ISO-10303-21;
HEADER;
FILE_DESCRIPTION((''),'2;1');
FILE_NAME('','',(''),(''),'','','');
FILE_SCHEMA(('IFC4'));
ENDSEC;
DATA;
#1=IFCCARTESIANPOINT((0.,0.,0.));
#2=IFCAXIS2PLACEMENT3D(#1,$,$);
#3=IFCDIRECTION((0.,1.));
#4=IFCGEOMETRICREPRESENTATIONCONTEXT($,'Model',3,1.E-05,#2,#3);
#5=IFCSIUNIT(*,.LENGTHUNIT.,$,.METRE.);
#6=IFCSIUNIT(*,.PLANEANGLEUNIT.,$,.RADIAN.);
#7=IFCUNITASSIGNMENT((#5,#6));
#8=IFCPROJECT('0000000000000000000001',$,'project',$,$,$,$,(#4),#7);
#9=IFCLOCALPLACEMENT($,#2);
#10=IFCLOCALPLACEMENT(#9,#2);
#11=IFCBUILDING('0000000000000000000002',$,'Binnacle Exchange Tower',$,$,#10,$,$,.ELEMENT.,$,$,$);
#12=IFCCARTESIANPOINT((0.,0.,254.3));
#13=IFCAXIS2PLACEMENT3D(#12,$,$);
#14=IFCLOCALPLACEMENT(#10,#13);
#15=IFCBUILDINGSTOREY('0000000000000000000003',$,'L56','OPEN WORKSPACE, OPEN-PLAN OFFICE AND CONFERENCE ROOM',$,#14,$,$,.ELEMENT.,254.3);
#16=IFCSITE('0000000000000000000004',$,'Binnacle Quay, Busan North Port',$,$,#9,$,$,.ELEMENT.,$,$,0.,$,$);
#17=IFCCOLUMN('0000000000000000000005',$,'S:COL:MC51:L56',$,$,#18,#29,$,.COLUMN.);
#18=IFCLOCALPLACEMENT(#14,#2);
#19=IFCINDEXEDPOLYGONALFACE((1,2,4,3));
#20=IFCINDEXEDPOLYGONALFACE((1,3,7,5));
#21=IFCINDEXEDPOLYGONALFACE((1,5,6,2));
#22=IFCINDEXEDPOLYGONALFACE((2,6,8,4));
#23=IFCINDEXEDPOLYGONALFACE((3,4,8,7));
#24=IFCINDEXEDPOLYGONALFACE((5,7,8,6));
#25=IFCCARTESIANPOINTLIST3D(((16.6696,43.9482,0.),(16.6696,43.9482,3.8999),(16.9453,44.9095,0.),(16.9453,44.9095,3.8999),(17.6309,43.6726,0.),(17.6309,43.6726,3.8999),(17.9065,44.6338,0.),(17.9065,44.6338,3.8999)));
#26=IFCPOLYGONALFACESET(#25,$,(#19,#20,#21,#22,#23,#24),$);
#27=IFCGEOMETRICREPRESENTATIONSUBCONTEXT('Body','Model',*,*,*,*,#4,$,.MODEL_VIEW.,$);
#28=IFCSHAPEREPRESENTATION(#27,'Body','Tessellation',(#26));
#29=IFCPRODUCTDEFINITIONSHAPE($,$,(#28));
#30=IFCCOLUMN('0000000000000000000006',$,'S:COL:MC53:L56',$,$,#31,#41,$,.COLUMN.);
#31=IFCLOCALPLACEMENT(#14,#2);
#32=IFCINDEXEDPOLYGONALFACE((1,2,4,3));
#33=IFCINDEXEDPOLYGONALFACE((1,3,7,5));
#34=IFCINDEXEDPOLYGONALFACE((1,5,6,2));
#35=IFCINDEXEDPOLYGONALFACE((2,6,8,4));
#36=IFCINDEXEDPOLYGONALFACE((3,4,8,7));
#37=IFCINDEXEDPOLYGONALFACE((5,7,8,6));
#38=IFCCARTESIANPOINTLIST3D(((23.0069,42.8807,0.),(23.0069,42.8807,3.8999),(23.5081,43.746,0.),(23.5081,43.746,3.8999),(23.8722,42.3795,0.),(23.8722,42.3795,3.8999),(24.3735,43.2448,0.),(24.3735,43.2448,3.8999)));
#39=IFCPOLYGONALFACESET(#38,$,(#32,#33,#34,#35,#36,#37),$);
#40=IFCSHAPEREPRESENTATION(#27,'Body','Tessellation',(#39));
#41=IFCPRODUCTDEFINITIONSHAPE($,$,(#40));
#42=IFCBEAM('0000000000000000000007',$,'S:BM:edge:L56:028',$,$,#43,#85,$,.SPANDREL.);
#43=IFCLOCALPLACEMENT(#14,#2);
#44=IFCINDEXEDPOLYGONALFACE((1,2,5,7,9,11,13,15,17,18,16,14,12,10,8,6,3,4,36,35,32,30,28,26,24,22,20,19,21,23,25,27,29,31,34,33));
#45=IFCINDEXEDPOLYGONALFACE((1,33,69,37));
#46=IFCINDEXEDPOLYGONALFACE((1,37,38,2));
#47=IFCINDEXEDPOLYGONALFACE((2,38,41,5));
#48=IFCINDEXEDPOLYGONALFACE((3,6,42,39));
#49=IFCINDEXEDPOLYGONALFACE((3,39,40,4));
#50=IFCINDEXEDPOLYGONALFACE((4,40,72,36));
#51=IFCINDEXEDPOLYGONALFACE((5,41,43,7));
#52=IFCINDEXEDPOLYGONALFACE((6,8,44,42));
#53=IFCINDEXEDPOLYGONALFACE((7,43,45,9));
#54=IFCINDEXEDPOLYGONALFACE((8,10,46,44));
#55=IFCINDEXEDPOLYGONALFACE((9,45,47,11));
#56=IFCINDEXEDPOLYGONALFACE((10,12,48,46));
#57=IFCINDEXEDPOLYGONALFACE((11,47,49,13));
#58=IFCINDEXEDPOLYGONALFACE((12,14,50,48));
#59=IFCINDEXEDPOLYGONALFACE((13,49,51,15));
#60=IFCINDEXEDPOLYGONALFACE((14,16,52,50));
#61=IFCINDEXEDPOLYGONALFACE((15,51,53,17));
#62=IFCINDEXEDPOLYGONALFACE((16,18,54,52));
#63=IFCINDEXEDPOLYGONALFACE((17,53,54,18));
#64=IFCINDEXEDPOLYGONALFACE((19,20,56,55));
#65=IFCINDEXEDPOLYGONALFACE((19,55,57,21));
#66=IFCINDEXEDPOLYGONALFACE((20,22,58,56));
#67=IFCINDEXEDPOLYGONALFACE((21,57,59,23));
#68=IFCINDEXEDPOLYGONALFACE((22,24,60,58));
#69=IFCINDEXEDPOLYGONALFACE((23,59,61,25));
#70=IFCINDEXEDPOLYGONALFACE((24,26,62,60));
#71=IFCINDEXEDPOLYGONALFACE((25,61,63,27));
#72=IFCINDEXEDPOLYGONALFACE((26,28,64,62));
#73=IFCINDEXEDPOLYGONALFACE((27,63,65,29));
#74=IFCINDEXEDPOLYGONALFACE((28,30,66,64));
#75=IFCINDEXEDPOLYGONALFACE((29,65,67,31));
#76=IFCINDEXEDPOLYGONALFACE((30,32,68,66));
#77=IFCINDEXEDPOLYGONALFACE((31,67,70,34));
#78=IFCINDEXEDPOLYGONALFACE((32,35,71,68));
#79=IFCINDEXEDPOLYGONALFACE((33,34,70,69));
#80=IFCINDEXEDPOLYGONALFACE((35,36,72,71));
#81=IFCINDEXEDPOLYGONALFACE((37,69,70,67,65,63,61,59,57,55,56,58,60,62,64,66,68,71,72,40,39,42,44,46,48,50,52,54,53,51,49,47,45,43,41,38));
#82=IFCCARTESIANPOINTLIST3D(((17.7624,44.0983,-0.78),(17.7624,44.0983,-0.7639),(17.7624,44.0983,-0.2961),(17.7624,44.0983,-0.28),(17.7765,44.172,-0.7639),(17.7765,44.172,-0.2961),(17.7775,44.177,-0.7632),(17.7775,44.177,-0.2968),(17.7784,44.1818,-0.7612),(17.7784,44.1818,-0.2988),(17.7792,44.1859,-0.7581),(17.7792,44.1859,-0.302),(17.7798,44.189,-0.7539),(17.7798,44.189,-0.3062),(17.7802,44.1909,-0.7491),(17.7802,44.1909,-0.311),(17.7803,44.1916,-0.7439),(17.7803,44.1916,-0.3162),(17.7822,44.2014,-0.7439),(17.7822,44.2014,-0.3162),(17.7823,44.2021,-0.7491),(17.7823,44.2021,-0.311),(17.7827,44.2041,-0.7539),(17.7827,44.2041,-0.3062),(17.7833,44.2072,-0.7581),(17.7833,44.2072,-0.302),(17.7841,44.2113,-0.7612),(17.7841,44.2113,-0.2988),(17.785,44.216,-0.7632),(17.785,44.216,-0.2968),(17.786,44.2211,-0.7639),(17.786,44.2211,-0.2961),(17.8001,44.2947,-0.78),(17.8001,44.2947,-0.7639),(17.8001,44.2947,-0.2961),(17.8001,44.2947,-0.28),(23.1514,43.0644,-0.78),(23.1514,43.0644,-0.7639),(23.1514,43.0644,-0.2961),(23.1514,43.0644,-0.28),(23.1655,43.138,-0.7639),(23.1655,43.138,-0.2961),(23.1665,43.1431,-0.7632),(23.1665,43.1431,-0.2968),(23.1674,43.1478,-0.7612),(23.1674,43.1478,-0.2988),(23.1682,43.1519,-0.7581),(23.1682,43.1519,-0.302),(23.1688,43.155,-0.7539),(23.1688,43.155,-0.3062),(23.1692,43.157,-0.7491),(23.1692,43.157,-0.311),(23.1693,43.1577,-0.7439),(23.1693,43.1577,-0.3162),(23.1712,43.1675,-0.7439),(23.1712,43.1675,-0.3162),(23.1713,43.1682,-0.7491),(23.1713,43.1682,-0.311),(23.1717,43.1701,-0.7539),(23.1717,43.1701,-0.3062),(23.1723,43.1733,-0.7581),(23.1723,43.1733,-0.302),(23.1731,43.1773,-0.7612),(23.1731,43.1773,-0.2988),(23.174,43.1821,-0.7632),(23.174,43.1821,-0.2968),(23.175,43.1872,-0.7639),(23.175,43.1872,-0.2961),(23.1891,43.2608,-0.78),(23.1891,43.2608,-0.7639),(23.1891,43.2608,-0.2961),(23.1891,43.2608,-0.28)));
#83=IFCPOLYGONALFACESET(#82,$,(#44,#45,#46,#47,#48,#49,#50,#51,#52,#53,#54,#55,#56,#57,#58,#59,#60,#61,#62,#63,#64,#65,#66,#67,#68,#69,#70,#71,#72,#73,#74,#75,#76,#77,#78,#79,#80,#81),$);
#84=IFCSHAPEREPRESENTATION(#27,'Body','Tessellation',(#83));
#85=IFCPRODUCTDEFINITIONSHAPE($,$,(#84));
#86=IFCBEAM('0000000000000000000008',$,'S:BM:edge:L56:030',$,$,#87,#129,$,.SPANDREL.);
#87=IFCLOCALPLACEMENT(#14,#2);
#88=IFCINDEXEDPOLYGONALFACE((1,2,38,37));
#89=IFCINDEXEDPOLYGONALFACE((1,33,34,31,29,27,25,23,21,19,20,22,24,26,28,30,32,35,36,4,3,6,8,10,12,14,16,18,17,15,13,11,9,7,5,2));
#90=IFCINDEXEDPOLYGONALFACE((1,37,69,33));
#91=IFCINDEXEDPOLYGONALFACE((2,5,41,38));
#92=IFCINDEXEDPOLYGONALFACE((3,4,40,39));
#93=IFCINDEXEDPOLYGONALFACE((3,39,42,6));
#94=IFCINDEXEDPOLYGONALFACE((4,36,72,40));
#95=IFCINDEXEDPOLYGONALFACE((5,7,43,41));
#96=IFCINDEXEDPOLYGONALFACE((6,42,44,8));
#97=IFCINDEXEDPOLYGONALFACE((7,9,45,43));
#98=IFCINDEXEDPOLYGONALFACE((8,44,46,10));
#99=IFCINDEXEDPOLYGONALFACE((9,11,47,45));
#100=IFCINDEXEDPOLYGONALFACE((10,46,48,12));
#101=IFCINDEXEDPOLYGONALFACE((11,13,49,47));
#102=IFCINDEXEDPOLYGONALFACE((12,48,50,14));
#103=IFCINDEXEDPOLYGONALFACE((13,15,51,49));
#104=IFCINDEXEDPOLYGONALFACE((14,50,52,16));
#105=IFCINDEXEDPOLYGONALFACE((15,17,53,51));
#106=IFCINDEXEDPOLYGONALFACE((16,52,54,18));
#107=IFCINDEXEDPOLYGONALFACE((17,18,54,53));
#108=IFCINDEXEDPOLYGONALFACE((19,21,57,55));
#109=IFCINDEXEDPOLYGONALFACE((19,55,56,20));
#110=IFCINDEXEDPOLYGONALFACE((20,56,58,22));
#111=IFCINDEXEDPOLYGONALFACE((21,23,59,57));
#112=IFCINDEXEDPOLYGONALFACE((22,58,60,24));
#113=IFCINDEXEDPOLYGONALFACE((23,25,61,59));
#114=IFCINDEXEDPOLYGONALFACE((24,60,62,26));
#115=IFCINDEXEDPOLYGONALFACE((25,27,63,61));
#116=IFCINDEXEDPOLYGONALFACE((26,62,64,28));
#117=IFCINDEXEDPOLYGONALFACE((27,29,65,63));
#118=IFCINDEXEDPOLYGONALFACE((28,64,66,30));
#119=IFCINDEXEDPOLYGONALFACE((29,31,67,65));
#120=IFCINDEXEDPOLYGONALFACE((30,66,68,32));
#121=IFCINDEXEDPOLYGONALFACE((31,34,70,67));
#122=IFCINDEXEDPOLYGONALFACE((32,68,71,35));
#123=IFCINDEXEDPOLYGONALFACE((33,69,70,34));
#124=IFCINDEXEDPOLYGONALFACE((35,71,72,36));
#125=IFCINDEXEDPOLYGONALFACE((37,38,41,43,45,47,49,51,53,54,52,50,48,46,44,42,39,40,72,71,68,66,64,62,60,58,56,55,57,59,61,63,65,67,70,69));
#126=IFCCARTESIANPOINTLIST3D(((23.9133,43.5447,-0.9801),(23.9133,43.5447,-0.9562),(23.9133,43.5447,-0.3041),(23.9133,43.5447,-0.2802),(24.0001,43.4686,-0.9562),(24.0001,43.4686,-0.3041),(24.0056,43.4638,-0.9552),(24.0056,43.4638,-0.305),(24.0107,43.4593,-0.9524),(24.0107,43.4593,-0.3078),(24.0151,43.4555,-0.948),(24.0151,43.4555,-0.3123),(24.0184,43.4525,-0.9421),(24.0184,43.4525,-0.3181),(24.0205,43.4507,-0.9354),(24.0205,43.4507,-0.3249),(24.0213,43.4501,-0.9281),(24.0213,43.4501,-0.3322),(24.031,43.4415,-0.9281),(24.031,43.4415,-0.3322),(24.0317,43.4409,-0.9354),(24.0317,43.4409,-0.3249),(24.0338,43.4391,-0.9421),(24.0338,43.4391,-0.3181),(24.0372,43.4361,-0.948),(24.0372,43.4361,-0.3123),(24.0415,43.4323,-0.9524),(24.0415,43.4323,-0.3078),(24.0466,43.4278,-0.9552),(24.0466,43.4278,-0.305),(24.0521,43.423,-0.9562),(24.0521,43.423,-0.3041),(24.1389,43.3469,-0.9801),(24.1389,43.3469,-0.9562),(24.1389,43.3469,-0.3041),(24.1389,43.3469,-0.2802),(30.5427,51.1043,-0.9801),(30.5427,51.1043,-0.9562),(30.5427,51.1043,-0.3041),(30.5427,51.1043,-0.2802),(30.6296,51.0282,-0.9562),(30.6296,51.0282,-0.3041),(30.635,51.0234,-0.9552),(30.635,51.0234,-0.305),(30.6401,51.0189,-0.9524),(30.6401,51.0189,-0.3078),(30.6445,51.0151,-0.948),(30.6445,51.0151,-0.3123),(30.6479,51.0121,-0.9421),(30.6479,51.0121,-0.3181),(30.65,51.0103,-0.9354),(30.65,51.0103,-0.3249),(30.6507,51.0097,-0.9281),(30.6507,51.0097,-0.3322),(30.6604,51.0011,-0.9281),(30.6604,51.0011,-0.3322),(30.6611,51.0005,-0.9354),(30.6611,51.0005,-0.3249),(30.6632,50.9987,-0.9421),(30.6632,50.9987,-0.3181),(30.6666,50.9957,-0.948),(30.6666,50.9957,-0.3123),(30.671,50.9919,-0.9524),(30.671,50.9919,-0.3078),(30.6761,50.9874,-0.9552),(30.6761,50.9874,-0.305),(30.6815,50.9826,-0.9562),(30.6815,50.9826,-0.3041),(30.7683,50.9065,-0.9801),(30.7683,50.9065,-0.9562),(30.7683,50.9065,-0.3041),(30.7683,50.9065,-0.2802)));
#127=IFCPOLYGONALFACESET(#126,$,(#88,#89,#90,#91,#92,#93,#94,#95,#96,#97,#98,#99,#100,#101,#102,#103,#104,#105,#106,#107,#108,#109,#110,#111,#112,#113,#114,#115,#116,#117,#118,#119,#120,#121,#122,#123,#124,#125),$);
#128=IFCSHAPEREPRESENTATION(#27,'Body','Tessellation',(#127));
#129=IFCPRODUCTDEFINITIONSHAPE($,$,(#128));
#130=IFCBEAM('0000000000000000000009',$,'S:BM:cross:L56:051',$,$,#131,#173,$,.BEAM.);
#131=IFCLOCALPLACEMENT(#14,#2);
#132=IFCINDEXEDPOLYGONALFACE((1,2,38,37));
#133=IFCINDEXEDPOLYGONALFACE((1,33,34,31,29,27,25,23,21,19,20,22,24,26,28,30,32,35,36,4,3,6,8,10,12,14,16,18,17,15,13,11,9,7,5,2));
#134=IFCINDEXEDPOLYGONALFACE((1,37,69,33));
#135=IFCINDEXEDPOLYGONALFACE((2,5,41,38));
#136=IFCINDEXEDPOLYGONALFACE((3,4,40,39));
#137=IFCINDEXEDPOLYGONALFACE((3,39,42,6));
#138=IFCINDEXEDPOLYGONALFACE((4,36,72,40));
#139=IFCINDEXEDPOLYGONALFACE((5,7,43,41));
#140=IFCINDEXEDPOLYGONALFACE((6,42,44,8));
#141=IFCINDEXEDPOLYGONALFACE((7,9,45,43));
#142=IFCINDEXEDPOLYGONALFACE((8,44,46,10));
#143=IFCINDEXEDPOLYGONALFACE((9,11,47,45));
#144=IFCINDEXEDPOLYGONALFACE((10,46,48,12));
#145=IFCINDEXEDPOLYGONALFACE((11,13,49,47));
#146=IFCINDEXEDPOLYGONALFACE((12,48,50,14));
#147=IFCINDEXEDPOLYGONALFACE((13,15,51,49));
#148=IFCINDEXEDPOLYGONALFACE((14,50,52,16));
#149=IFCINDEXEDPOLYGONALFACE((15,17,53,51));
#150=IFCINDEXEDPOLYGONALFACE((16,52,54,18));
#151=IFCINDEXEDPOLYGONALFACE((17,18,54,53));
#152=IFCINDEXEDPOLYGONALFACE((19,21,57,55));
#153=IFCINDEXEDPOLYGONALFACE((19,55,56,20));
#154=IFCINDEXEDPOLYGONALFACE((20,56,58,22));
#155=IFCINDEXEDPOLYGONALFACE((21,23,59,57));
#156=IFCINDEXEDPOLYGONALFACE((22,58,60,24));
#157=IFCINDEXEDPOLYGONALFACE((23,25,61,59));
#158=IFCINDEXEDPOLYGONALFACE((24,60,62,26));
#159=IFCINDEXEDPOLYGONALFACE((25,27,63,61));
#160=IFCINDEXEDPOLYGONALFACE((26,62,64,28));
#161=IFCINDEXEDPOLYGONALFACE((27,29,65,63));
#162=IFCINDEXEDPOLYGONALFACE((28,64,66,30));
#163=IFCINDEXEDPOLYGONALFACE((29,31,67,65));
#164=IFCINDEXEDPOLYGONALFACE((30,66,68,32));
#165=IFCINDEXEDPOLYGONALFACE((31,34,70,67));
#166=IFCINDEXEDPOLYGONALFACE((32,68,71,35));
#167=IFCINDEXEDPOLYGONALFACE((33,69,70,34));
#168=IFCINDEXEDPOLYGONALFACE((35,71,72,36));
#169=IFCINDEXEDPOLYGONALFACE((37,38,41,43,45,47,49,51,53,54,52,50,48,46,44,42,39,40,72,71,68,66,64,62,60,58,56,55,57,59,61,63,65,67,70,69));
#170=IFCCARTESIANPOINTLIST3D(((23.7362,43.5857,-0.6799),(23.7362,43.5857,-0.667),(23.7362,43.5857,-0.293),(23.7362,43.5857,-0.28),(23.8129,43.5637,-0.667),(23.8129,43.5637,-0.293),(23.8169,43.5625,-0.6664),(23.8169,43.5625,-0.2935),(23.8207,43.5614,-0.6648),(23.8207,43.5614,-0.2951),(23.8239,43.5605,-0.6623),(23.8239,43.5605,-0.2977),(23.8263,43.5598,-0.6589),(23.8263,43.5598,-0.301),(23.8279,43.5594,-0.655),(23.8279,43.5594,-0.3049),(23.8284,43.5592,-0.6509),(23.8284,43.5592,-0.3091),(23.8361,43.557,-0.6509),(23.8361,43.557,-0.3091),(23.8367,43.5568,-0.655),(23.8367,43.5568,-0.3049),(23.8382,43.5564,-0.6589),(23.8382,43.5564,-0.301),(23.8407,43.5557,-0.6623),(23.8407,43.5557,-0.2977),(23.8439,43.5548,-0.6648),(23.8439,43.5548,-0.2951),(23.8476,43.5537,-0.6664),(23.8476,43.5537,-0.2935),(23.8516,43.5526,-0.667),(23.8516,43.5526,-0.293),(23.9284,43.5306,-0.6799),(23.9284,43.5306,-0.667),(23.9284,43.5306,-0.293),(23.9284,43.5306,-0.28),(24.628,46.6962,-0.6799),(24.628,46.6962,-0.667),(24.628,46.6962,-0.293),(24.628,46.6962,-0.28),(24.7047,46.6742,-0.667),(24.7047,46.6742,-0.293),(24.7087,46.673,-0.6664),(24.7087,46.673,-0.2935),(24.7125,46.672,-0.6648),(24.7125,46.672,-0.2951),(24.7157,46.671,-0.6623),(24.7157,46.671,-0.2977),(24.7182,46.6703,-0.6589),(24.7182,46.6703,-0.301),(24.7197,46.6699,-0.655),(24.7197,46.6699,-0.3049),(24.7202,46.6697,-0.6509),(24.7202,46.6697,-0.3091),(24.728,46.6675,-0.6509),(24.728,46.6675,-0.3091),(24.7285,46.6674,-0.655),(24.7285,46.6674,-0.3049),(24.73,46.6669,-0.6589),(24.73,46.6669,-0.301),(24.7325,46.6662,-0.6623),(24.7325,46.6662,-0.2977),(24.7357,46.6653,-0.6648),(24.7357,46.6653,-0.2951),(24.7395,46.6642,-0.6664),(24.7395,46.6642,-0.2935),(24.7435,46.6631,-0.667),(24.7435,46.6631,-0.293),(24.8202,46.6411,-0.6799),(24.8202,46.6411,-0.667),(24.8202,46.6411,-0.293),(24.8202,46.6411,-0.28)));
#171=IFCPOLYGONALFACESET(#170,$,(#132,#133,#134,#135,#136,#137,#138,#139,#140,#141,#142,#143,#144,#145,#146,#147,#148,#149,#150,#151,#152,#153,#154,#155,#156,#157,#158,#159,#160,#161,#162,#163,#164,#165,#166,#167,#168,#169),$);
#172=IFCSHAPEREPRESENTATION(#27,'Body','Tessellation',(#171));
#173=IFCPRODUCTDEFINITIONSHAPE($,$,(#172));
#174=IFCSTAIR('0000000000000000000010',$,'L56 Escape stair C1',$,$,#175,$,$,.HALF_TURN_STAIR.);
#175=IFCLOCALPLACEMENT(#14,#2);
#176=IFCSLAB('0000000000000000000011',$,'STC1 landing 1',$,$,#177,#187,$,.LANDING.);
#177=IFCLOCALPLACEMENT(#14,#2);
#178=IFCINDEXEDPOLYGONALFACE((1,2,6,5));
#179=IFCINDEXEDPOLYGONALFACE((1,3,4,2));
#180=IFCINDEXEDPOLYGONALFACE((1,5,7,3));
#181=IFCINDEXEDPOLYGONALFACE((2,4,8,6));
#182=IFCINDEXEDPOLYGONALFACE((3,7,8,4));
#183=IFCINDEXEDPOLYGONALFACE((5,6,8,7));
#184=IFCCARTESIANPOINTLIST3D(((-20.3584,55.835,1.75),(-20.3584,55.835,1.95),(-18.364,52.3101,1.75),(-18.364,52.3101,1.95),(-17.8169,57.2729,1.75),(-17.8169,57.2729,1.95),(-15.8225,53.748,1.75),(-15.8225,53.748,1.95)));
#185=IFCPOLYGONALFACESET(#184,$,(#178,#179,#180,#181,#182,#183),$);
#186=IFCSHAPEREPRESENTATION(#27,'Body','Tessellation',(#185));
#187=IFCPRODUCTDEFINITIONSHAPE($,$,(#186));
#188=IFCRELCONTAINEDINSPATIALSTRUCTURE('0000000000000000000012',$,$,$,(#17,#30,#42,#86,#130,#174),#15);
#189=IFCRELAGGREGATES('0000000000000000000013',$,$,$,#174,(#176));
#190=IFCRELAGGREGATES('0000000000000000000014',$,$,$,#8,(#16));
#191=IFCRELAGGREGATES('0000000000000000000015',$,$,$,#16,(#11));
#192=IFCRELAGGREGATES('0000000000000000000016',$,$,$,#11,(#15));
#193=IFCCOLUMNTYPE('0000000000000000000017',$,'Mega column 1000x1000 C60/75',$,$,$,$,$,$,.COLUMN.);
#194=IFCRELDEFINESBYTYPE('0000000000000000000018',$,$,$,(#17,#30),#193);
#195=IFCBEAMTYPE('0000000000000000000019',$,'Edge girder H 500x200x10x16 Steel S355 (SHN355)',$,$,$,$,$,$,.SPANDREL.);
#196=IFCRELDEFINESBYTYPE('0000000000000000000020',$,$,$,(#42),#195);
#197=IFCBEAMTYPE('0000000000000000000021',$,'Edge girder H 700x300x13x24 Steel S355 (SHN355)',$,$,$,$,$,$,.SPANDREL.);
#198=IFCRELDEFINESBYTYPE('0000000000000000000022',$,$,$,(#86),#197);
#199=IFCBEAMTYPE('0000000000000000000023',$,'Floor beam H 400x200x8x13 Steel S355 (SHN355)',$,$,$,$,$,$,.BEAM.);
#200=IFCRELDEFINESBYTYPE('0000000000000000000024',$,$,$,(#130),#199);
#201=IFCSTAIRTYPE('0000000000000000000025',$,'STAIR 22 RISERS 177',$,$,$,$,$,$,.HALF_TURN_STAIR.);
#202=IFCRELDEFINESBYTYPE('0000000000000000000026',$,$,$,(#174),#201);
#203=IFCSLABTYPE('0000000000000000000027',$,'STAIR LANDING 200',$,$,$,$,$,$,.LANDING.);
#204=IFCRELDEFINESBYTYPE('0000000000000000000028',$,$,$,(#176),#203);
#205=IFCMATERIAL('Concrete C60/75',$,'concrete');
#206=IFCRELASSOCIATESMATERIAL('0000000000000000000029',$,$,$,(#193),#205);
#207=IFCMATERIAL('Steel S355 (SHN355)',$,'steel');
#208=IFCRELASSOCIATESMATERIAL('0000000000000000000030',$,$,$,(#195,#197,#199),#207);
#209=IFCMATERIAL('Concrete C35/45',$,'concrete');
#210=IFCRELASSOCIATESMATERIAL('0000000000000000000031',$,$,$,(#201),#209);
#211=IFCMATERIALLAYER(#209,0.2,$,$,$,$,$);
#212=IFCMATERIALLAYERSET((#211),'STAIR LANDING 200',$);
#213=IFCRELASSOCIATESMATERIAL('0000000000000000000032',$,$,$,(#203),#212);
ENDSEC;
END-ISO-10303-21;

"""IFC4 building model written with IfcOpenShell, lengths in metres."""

from ifc_helpers import new_model, si_unit, direction, frame, origin, origin_2d, place, context, subcontext, project, spatial, polyline, rectangle, i_section, outline, extrude, material, layer, layer_set, material_profile, profile_set, type_object, element, aggregate, save


model = new_model("IFC4")

# Units and contexts
model_context = context("Model", 3, precision=1e-05, world=origin(), true_north=direction((0.0, 1.0)))
body_context = subcontext(model_context, "Body", "Model", "MODEL_VIEW")
ifc_project = project(units=[si_unit("LENGTHUNIT", "METRE"), si_unit("PLANEANGLEUNIT", "RADIAN")], contexts=[model_context])

# Site, building, storey
site_placement = place(None, origin())
site = spatial("IfcSite", under=ifc_project, at=site_placement, Name="Binnacle Quay, Busan North Port", CompositionType="ELEMENT", RefElevation=0.0)
building_placement = place(site_placement, origin())
building = spatial("IfcBuilding", under=site, at=building_placement, Name="Binnacle Exchange Tower", CompositionType="ELEMENT")
storey_placement = place(building_placement, frame((0.0, 0.0, 254.3)))
storey = spatial("IfcBuildingStorey", under=building, at=storey_placement, Name="L56", Description="OPEN WORKSPACE, OPEN-PLAN OFFICE AND CONFERENCE ROOM", CompositionType="ELEMENT", Elevation=254.3)

# Columns
ifc_material_1 = material(Name="Concrete C60/75", Category="concrete")
ifc_material_profile_1 = material_profile(ifc_material_1, rectangle(XDim=1.0, YDim=1.0, at=origin_2d()), Name="Mega column 1000x1000 C60/75")
ifc_profile_set_1 = profile_set([ifc_material_profile_1], Name="Concrete C60/75")
column_type = type_object("IfcColumnType", Name="Mega column 1000x1000 C60/75", PredefinedType="COLUMN", material=ifc_profile_set_1)
for number, where, z_axis, x_axis, name in (
    (1, (17.2881, 44.291, 0.0), (0.0, 0.0, 1.0), (0.961262, -0.275637, 0.0), "S:COL:MC51:L56"),
    (2, (23.6902, 43.0627, 0.0), (0.0, 0.0, 1.0), (-0.865326, 0.501209, 0.0), "S:COL:MC53:L56"),
):
    element("IfcColumn", number, at=place(storey_placement, frame(where, z_axis=z_axis, x_axis=x_axis)), inside=storey, type_object=column_type, Name=name, PredefinedType="COLUMN", context=body_context, shape_type="SweptSolid", body=[
        extrude(rectangle(XDim=1.0, YDim=1.0, at=origin_2d()), origin(), (0.0, 0.0, 1.0), 3.8999),
    ])

# Beams
ifc_material_2 = material(Name="Steel S355 (SHN355)", Category="steel")
ifc_material_profile_2 = material_profile(ifc_material_2, i_section(OverallWidth=0.2, OverallDepth=0.5, WebThickness=0.01, FlangeThickness=0.0161, FilletRadius=0.02, at=origin_2d()), Name="H 500x200x10x16")
ifc_profile_set_2 = profile_set([ifc_material_profile_2], Name="Steel S355 (SHN355)")
beam_type_1 = type_object("IfcBeamType", Name="Edge girder H 500x200x10x16 Steel S355 (SHN355)", PredefinedType="SPANDREL", material=ifc_profile_set_2)
beam_1_placement = place(storey_placement, frame((17.7812, 44.1965, -0.53), z_axis=(0.982087, -0.188427, 0.0), x_axis=(0.188427, 0.982087, 0.0)))
element("IfcBeam", 3, at=beam_1_placement, inside=storey, type_object=beam_type_1, Name="S:BM:edge:L56:028", PredefinedType="SPANDREL", context=body_context, shape_type="SweptSolid", body=[
    extrude(i_section(OverallWidth=0.2, OverallDepth=0.5, WebThickness=0.01, FlangeThickness=0.0161, FilletRadius=0.02, at=origin_2d()), origin(), (0.0, 0.0, 1.0), 5.4873),
])
ifc_material_profile_3 = material_profile(ifc_material_2, i_section(OverallWidth=0.3, OverallDepth=0.7, WebThickness=0.0129, FlangeThickness=0.0239, FilletRadius=0.0281, at=origin_2d()), Name="H 700x300x13x24")
ifc_profile_set_3 = profile_set([ifc_material_profile_3], Name="Steel S355 (SHN355)")
beam_type_2 = type_object("IfcBeamType", Name="Edge girder H 700x300x13x24 Steel S355 (SHN355)", PredefinedType="SPANDREL", material=ifc_profile_set_3)
beam_2_placement = place(storey_placement, frame((24.0261, 43.4458, -0.6301), z_axis=(0.659336, 0.751848, 0.0), x_axis=(-0.751848, 0.659336, 0.0)))
element("IfcBeam", 4, at=beam_2_placement, inside=storey, type_object=beam_type_2, Name="S:BM:edge:L56:030", PredefinedType="SPANDREL", context=body_context, shape_type="SweptSolid", body=[
    extrude(i_section(OverallWidth=0.3, OverallDepth=0.7, WebThickness=0.0129, FlangeThickness=0.0239, FilletRadius=0.0281, at=origin_2d()), origin(), (0.0, 0.0, 1.0), 10.0547),
])
ifc_material_profile_4 = material_profile(ifc_material_2, i_section(OverallWidth=0.2, OverallDepth=0.3999, WebThickness=0.0081, FlangeThickness=0.0129, FilletRadius=0.0161, at=origin_2d()), Name="H 400x200x8x13")
ifc_profile_set_4 = profile_set([ifc_material_profile_4], Name="Steel S355 (SHN355)")
beam_type_3 = type_object("IfcBeamType", Name="Floor beam H 400x200x8x13 Steel S355 (SHN355)", PredefinedType="BEAM", material=ifc_profile_set_4)
beam_3_placement = place(storey_placement, frame((23.8323, 43.5581, -0.48), z_axis=(0.275608, 0.96127, 0.0), x_axis=(-0.96127, 0.275608, 0.0)))
element("IfcBeam", 5, at=beam_3_placement, inside=storey, type_object=beam_type_3, Name="S:BM:cross:L56:051", PredefinedType="BEAM", context=body_context, shape_type="SweptSolid", body=[
    extrude(i_section(OverallWidth=0.2, OverallDepth=0.3999, WebThickness=0.0081, FlangeThickness=0.0129, FilletRadius=0.0161, at=origin_2d()), origin(), (0.0, 0.0, 1.0), 3.2358),
])

# Stair, slab
ifc_material_3 = material(Name="Concrete C35/45", Category="concrete")
stair_type = type_object("IfcStairType", Name="STAIR 22 RISERS 177", PredefinedType="HALF_TURN_STAIR", material=ifc_material_3)
stair_1_placement = place(storey_placement, origin())
stair_1 = element("IfcStair", 6, at=stair_1_placement, inside=storey, type_object=stair_type, Name="L56 Escape stair C1", PredefinedType="HALF_TURN_STAIR")
ifc_layer_1 = layer(ifc_material_3, 0.2)
ifc_layer_set_1 = layer_set([ifc_layer_1], Name="STAIR LANDING 200")
slab_type = type_object("IfcSlabType", Name="STAIR LANDING 200", PredefinedType="LANDING", material=ifc_layer_set_1)
slab_1_placement = place(storey_placement, frame((0.0, 0.0, 1.75)))
slab_1 = element("IfcSlab", 7, at=slab_1_placement, type_object=slab_type, Name="STC1 landing 1", PredefinedType="LANDING", context=body_context, shape_type="SweptSolid", body=[
    extrude(outline(polyline([(-18.364, 52.3101), (-15.8225, 53.748), (-17.8169, 57.2729), (-20.3584, 55.835), (-18.364, 52.3101)])), origin(), (0.0, 0.0, 1.0), 0.2),
])
aggregate(stair_1, [slab_1])

save(model, "model.ifc")
